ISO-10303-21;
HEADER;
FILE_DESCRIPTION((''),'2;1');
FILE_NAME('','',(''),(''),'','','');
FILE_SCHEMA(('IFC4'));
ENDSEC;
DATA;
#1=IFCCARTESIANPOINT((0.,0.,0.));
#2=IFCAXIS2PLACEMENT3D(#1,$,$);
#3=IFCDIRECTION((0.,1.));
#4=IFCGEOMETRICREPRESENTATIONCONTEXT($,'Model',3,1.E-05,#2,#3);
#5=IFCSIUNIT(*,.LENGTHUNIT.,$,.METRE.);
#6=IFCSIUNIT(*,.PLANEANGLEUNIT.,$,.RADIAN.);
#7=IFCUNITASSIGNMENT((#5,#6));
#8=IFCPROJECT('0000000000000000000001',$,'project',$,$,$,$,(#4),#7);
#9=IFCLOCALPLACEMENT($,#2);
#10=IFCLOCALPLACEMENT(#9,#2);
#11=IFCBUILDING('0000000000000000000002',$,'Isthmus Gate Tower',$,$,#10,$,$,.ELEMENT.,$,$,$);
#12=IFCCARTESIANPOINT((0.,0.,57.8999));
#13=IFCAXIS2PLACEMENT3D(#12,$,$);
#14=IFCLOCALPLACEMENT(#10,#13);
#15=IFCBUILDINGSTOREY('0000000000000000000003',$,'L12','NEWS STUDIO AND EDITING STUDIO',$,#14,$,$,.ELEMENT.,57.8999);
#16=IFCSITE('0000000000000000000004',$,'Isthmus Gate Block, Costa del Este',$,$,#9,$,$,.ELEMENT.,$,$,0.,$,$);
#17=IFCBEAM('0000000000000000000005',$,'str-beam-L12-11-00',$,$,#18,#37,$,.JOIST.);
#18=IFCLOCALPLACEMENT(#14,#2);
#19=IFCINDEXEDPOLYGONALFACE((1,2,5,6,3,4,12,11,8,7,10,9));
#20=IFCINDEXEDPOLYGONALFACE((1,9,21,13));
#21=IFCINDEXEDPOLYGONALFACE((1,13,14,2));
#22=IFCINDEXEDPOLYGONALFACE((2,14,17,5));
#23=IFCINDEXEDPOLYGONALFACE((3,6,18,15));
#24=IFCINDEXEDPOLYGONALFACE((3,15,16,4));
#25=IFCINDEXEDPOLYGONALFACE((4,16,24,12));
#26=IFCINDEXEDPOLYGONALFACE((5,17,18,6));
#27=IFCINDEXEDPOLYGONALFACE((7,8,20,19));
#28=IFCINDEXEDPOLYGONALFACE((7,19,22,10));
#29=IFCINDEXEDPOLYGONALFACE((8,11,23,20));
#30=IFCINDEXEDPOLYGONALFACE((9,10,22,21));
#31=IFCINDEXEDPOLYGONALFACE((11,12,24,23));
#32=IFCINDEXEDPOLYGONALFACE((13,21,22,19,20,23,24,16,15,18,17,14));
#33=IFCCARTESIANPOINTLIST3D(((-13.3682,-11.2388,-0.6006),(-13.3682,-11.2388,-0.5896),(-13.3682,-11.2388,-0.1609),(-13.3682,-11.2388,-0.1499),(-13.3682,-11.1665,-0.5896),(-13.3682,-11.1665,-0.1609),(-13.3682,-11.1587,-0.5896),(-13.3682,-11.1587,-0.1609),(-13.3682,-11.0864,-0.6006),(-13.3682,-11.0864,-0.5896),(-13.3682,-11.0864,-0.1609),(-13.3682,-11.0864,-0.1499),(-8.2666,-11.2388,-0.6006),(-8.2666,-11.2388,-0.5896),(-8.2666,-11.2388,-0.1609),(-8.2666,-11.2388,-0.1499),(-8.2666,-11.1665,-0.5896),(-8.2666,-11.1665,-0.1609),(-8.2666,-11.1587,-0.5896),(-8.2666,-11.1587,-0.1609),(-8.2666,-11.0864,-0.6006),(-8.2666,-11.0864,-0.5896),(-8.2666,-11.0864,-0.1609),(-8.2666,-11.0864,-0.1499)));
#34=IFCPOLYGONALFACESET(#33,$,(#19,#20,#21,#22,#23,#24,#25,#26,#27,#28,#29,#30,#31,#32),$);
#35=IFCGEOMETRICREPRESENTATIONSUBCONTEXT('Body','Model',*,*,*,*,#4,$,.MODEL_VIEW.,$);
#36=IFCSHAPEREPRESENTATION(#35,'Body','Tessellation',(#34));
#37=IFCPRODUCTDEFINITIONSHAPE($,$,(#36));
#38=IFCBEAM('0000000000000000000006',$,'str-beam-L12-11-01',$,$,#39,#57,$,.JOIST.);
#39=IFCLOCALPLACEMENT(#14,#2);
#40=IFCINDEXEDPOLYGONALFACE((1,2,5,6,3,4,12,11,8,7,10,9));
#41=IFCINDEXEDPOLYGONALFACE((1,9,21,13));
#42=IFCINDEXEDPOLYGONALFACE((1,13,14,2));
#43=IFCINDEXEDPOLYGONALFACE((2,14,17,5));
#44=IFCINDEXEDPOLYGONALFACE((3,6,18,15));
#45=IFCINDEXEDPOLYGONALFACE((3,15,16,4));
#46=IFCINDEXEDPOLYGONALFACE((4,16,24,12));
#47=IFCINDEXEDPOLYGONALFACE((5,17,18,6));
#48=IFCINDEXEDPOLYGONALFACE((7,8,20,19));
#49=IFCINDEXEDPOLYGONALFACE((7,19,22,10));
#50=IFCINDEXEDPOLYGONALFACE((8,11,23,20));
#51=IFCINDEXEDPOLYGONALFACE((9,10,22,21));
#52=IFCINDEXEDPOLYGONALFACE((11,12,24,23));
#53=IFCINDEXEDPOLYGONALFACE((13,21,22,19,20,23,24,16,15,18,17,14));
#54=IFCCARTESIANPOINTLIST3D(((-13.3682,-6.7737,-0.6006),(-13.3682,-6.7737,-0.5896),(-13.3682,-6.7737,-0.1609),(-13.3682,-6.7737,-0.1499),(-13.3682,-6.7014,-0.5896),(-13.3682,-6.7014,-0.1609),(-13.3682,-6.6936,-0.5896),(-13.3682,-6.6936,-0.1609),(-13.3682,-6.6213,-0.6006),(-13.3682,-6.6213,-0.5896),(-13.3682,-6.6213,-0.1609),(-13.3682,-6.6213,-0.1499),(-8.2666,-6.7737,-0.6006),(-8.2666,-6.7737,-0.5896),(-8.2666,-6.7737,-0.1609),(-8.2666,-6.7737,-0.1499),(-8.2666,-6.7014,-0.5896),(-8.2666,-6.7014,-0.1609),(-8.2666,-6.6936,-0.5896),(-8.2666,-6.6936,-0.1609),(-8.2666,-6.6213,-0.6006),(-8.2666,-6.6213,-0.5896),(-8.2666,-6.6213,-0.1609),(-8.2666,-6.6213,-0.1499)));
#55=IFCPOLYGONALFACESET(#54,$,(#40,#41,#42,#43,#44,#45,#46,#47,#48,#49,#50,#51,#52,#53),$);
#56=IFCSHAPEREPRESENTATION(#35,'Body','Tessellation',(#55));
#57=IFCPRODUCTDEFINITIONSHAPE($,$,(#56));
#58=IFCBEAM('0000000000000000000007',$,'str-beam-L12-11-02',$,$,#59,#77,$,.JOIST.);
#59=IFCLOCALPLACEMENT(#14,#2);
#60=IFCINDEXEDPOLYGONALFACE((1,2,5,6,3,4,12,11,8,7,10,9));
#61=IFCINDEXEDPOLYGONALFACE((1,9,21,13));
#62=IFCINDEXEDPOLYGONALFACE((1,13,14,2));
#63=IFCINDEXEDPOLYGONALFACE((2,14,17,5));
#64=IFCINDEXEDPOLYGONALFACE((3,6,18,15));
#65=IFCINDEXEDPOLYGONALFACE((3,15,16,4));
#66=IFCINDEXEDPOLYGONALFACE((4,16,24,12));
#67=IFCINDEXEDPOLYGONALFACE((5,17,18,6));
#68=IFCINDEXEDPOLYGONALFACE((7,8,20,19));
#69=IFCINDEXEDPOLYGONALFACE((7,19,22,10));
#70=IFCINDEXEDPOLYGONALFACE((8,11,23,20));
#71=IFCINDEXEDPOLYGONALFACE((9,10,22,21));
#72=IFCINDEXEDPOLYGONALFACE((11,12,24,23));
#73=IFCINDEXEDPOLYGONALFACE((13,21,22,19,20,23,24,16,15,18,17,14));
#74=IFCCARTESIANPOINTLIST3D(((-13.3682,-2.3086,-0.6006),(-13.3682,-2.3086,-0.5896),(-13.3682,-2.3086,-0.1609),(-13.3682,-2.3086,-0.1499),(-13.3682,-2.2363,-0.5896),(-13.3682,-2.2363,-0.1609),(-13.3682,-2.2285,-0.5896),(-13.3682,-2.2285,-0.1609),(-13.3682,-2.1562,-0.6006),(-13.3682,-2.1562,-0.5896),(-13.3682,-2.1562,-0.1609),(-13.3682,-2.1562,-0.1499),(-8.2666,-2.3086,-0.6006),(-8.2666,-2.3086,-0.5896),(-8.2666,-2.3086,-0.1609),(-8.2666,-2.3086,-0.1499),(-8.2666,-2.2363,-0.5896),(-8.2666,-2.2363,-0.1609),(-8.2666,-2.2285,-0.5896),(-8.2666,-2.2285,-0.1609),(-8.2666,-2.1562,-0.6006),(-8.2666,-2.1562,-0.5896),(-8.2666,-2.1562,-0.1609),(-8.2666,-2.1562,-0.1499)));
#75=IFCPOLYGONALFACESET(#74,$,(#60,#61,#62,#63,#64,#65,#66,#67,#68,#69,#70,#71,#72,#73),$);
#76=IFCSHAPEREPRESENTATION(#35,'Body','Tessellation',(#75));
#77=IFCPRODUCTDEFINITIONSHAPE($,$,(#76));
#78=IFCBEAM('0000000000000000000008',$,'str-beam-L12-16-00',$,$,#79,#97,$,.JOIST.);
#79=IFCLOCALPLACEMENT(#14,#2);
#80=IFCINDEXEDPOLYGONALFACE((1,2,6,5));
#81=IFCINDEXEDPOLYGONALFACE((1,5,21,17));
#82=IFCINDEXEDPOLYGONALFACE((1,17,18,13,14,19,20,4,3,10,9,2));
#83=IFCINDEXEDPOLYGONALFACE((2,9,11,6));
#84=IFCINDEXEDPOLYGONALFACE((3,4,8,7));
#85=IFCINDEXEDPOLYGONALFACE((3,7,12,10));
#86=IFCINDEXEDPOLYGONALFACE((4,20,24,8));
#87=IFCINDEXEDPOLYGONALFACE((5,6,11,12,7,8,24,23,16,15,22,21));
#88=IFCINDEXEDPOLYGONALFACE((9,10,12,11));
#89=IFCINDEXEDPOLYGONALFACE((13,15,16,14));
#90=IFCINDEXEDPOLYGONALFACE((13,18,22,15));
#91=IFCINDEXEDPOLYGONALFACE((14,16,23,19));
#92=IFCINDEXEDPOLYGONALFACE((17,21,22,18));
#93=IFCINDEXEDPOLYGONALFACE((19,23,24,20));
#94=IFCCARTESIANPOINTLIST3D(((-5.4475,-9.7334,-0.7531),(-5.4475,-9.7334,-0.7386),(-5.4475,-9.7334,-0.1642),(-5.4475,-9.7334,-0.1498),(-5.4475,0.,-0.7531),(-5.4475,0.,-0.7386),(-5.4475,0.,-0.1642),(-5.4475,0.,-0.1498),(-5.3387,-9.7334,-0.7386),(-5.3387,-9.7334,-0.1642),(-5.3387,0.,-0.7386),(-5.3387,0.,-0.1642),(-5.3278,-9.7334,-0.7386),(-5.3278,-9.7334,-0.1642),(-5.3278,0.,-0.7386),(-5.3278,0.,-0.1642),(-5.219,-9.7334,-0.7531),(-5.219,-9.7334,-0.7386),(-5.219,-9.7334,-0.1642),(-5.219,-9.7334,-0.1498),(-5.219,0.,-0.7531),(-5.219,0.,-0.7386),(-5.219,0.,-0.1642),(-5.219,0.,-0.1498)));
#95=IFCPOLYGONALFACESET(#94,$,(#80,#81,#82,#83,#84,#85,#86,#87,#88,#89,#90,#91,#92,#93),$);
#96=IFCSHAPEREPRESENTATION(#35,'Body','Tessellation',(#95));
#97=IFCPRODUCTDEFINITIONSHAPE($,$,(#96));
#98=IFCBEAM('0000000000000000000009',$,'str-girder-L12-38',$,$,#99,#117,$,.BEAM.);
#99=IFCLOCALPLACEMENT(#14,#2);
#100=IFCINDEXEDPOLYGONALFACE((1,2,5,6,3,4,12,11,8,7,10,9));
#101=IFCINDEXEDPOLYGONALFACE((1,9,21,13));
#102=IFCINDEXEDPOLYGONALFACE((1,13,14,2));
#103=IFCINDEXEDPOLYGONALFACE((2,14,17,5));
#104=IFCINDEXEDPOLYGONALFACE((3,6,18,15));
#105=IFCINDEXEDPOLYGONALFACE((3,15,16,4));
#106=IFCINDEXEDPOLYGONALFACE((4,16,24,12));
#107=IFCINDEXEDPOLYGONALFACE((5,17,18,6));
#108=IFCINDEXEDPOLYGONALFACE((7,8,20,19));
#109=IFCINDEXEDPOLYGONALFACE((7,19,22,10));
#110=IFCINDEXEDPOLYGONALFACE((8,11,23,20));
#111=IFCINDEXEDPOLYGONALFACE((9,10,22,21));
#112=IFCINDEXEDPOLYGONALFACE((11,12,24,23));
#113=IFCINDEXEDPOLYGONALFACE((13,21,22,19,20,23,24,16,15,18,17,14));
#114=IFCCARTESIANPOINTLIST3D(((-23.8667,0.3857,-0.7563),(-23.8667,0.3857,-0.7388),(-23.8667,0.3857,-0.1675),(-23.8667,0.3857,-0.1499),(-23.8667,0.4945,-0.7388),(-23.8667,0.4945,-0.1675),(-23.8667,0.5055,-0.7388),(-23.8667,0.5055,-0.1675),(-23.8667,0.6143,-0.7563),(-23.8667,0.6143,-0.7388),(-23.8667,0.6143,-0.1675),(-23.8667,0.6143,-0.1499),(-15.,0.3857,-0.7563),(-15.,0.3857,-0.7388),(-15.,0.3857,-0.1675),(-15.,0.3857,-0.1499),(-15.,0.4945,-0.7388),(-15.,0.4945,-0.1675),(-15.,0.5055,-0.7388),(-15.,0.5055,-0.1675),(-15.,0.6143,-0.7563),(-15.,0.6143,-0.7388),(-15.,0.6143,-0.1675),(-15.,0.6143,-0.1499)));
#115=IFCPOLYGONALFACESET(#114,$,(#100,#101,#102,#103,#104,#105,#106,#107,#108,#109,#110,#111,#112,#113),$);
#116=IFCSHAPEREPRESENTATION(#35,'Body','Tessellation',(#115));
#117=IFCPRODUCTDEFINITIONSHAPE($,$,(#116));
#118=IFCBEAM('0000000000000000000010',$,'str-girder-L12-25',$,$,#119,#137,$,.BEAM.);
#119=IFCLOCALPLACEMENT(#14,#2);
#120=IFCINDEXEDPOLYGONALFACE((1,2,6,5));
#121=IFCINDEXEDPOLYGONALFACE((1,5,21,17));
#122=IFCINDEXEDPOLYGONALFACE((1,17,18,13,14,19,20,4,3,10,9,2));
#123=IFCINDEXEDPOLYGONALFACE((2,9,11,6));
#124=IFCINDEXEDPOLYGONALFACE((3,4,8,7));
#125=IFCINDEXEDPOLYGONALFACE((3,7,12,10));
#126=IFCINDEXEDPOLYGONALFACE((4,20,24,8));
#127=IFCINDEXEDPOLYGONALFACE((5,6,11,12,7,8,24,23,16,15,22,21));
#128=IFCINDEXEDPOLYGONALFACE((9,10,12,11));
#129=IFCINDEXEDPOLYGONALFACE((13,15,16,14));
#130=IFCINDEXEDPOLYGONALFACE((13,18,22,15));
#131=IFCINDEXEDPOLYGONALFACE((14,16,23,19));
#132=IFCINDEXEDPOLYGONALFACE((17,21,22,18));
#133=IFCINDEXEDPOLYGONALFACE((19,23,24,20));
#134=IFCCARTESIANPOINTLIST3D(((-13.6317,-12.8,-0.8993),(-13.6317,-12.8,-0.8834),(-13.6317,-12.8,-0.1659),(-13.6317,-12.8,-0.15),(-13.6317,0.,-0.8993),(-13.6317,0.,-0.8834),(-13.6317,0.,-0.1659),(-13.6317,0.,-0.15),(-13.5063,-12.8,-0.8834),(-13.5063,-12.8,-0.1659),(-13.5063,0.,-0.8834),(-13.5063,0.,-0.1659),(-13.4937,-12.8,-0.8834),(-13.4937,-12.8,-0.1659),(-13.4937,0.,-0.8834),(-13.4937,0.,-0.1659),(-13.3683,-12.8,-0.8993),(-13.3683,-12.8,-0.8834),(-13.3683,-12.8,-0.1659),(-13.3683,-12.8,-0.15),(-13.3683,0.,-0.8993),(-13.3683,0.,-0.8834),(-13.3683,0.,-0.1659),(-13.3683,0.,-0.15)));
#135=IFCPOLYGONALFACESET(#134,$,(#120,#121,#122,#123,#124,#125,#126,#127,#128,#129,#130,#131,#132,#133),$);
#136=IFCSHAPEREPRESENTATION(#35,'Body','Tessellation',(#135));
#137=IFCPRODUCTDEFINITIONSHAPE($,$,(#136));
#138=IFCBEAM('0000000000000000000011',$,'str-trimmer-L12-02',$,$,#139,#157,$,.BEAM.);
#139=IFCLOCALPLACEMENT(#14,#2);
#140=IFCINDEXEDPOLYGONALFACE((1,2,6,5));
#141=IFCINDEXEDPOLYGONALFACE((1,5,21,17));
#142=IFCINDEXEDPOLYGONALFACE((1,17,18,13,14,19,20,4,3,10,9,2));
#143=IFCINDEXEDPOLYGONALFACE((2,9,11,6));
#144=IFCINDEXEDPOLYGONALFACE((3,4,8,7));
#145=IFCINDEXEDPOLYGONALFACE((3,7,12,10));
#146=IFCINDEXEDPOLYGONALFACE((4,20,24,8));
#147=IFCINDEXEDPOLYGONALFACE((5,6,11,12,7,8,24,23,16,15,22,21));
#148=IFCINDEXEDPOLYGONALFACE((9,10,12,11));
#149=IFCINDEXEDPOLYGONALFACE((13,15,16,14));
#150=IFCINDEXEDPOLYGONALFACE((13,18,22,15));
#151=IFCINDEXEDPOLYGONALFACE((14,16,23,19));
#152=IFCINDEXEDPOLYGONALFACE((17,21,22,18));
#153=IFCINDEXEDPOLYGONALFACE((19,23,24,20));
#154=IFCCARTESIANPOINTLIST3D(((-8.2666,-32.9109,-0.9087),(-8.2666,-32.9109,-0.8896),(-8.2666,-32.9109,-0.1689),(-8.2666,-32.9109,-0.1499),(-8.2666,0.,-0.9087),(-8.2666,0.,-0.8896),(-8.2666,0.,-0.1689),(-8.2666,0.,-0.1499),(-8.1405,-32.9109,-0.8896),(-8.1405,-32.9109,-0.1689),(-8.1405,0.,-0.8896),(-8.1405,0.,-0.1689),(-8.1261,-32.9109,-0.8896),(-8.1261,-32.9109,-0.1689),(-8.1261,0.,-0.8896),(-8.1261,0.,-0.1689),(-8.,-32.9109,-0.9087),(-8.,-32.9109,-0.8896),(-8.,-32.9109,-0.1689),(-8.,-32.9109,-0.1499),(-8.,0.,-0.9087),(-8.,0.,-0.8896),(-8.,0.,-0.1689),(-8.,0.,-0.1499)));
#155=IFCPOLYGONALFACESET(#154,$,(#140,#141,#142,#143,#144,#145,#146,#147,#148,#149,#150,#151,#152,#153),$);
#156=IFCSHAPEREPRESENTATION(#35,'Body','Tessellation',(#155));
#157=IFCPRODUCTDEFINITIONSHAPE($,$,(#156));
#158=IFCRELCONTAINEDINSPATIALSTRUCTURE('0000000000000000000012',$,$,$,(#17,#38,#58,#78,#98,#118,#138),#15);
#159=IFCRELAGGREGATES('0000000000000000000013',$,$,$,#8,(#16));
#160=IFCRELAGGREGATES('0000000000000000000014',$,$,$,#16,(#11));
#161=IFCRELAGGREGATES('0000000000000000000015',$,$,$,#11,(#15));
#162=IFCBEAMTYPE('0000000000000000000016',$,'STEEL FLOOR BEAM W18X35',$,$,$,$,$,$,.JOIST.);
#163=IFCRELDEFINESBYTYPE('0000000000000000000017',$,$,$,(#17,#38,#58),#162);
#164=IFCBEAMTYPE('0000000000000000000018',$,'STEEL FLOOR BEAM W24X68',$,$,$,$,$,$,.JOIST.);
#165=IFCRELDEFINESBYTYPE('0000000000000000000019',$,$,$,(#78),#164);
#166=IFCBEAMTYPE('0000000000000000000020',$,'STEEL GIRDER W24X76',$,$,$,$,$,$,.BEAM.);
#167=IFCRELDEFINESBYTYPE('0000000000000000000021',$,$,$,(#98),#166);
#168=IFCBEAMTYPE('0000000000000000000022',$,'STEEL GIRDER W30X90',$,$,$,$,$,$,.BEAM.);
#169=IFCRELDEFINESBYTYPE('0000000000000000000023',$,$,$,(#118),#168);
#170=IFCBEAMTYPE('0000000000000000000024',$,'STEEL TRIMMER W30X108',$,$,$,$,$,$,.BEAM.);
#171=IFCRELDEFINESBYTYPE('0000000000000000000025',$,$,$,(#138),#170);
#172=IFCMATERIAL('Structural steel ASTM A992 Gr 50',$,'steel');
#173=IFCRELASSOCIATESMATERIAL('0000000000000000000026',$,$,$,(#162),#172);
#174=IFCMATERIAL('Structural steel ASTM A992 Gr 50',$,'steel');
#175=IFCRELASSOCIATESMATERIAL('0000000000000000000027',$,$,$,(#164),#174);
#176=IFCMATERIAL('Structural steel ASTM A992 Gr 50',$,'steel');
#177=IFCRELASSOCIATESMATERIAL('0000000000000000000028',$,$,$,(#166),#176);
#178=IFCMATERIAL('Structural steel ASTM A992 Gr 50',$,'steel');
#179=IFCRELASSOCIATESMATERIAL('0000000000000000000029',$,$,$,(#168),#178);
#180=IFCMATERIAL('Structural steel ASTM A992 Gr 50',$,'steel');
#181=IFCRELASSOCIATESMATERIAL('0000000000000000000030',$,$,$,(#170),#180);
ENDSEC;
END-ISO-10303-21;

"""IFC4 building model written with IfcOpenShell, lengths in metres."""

from ifc_helpers import new_model, si_unit, direction, frame, origin, origin_2d, place, context, subcontext, project, spatial, i_section, extrude, material, material_profile, profile_set, type_object, element, save


model = new_model("IFC4")

# Units and contexts
model_context = context("Model", 3, precision=1e-05, world=origin(), true_north=direction((0.0, 1.0)))
body_context = subcontext(model_context, "Body", "Model", "MODEL_VIEW")
ifc_project = project(units=[si_unit("LENGTHUNIT", "METRE"), si_unit("PLANEANGLEUNIT", "RADIAN")], contexts=[model_context])

# Site, building, storey
site_placement = place(None, origin())
site = spatial("IfcSite", under=ifc_project, at=site_placement, Name="Isthmus Gate Block, Costa del Este", CompositionType="ELEMENT", RefElevation=0.0)
building_placement = place(site_placement, origin())
building = spatial("IfcBuilding", under=site, at=building_placement, Name="Isthmus Gate Tower", CompositionType="ELEMENT")
storey_placement = place(building_placement, frame((0.0, 0.0, 57.8999)))
storey = spatial("IfcBuildingStorey", under=building, at=storey_placement, Name="L12", Description="NEWS STUDIO AND EDITING STUDIO", CompositionType="ELEMENT", Elevation=57.8999)

# Beams
ifc_material_1 = material(Name="Structural steel ASTM A992 Gr 50", Category="steel")
ifc_material_profile_1 = material_profile(ifc_material_1, i_section(OverallWidth=0.1523, OverallDepth=0.4507, WebThickness=0.0078, FlangeThickness=0.011, at=origin_2d()), Name="W18X35")
ifc_profile_set_1 = profile_set([ifc_material_profile_1], Name="Structural steel ASTM A992 Gr 50")
beam_type_1 = type_object("IfcBeamType", Name="STEEL FLOOR BEAM W18X35", PredefinedType="JOIST", material=ifc_profile_set_1)
for number, where, z_axis, x_axis, name in (
    (1, (-13.3682, -11.1626, -0.3752), (1.0, 0.0, 0.0), (0.0, 1.0, 0.0), "str-beam-L12-11-00"),
    (2, (-13.3682, -6.6975, -0.3752), (1.0, 0.0, 0.0), (0.0, 1.0, 0.0), "str-beam-L12-11-01"),
    (3, (-13.3682, -2.2324, -0.3752), (1.0, 0.0, 0.0), (0.0, 1.0, 0.0), "str-beam-L12-11-02"),
):
    element("IfcBeam", number, at=place(storey_placement, frame(where, z_axis=z_axis, x_axis=x_axis)), inside=storey, type_object=beam_type_1, Name=name, PredefinedType="JOIST", context=body_context, shape_type="SweptSolid", body=[
        extrude(i_section(OverallWidth=0.1523, OverallDepth=0.4507, WebThickness=0.0078, FlangeThickness=0.011, at=origin_2d()), origin(), (0.0, 0.0, 1.0), 5.1016),
    ])
ifc_material_2 = material(Name="Structural steel ASTM A992 Gr 50", Category="steel")
ifc_material_profile_2 = material_profile(ifc_material_2, i_section(OverallWidth=0.2285, OverallDepth=0.6033, WebThickness=0.011, FlangeThickness=0.0144, at=origin_2d()), Name="W24X68")
ifc_profile_set_2 = profile_set([ifc_material_profile_2], Name="Structural steel ASTM A992 Gr 50")
beam_type_2 = type_object("IfcBeamType", Name="STEEL FLOOR BEAM W24X68", PredefinedType="JOIST", material=ifc_profile_set_2)
beam_1_placement = place(storey_placement, frame((-5.3333, -9.7334, -0.4514), z_axis=(0.0, 1.0, 0.0), x_axis=(-1.0, 0.0, 0.0)))
element("IfcBeam", 4, at=beam_1_placement, inside=storey, type_object=beam_type_2, Name="str-beam-L12-16-00", PredefinedType="JOIST", context=body_context, shape_type="SweptSolid", body=[
    extrude(i_section(OverallWidth=0.2285, OverallDepth=0.6033, WebThickness=0.011, FlangeThickness=0.0144, at=origin_2d()), origin(), (0.0, 0.0, 1.0), 9.7334),
])
ifc_material_3 = material(Name="Structural steel ASTM A992 Gr 50", Category="steel")
ifc_material_profile_3 = material_profile(ifc_material_3, i_section(OverallWidth=0.2285, OverallDepth=0.6064, WebThickness=0.011, FlangeThickness=0.0176, at=origin_2d()), Name="W24X76")
ifc_profile_set_3 = profile_set([ifc_material_profile_3], Name="Structural steel ASTM A992 Gr 50")
beam_type_3 = type_object("IfcBeamType", Name="STEEL GIRDER W24X76", PredefinedType="BEAM", material=ifc_profile_set_3)
beam_2_placement = place(storey_placement, frame((-15.0, 0.5, -0.4531), z_axis=(-1.0, 0.0, 0.0), x_axis=(0.0, -1.0, 0.0)))
element("IfcBeam", 5, at=beam_2_placement, inside=storey, type_object=beam_type_3, Name="str-girder-L12-38", PredefinedType="BEAM", context=body_context, shape_type="SweptSolid", body=[
    extrude(i_section(OverallWidth=0.2285, OverallDepth=0.6064, WebThickness=0.011, FlangeThickness=0.0176, at=origin_2d()), origin(), (0.0, 0.0, 1.0), 8.8667),
])
ifc_material_4 = material(Name="Structural steel ASTM A992 Gr 50", Category="steel")
ifc_material_profile_4 = material_profile(ifc_material_4, i_section(OverallWidth=0.2634, OverallDepth=0.7493, WebThickness=0.0127, FlangeThickness=0.0159, at=origin_2d()), Name="W30X90")
ifc_profile_set_4 = profile_set([ifc_material_profile_4], Name="Structural steel ASTM A992 Gr 50")
beam_type_4 = type_object("IfcBeamType", Name="STEEL GIRDER W30X90", PredefinedType="BEAM", material=ifc_profile_set_4)
beam_3_placement = place(storey_placement, frame((-13.5, -12.8, -0.5247), z_axis=(0.0, 1.0, 0.0), x_axis=(-1.0, 0.0, 0.0)))
element("IfcBeam", 6, at=beam_3_placement, inside=storey, type_object=beam_type_4, Name="str-girder-L12-25", PredefinedType="BEAM", context=body_context, shape_type="SweptSolid", body=[
    extrude(i_section(OverallWidth=0.2634, OverallDepth=0.7493, WebThickness=0.0127, FlangeThickness=0.0159, at=origin_2d()), origin(), (0.0, 0.0, 1.0), 12.8),
])
ifc_material_5 = material(Name="Structural steel ASTM A992 Gr 50", Category="steel")
ifc_material_profile_5 = material_profile(ifc_material_5, i_section(OverallWidth=0.2666, OverallDepth=0.7588, WebThickness=0.0144, FlangeThickness=0.019, at=origin_2d()), Name="W30X108")
ifc_profile_set_5 = profile_set([ifc_material_profile_5], Name="Structural steel ASTM A992 Gr 50")
beam_type_5 = type_object("IfcBeamType", Name="STEEL TRIMMER W30X108", PredefinedType="BEAM", material=ifc_profile_set_5)
beam_4_placement = place(storey_placement, frame((-8.1333, 0.0, -0.5293), z_axis=(0.0, -1.0, 0.0), x_axis=(1.0, 0.0, 0.0)))
element("IfcBeam", 7, at=beam_4_placement, inside=storey, type_object=beam_type_5, Name="str-trimmer-L12-02", PredefinedType="BEAM", context=body_context, shape_type="SweptSolid", body=[
    extrude(i_section(OverallWidth=0.2666, OverallDepth=0.7588, WebThickness=0.0144, FlangeThickness=0.019, at=origin_2d()), origin(), (0.0, 0.0, 1.0), 32.9109),
])

save(model, "model.ifc")
